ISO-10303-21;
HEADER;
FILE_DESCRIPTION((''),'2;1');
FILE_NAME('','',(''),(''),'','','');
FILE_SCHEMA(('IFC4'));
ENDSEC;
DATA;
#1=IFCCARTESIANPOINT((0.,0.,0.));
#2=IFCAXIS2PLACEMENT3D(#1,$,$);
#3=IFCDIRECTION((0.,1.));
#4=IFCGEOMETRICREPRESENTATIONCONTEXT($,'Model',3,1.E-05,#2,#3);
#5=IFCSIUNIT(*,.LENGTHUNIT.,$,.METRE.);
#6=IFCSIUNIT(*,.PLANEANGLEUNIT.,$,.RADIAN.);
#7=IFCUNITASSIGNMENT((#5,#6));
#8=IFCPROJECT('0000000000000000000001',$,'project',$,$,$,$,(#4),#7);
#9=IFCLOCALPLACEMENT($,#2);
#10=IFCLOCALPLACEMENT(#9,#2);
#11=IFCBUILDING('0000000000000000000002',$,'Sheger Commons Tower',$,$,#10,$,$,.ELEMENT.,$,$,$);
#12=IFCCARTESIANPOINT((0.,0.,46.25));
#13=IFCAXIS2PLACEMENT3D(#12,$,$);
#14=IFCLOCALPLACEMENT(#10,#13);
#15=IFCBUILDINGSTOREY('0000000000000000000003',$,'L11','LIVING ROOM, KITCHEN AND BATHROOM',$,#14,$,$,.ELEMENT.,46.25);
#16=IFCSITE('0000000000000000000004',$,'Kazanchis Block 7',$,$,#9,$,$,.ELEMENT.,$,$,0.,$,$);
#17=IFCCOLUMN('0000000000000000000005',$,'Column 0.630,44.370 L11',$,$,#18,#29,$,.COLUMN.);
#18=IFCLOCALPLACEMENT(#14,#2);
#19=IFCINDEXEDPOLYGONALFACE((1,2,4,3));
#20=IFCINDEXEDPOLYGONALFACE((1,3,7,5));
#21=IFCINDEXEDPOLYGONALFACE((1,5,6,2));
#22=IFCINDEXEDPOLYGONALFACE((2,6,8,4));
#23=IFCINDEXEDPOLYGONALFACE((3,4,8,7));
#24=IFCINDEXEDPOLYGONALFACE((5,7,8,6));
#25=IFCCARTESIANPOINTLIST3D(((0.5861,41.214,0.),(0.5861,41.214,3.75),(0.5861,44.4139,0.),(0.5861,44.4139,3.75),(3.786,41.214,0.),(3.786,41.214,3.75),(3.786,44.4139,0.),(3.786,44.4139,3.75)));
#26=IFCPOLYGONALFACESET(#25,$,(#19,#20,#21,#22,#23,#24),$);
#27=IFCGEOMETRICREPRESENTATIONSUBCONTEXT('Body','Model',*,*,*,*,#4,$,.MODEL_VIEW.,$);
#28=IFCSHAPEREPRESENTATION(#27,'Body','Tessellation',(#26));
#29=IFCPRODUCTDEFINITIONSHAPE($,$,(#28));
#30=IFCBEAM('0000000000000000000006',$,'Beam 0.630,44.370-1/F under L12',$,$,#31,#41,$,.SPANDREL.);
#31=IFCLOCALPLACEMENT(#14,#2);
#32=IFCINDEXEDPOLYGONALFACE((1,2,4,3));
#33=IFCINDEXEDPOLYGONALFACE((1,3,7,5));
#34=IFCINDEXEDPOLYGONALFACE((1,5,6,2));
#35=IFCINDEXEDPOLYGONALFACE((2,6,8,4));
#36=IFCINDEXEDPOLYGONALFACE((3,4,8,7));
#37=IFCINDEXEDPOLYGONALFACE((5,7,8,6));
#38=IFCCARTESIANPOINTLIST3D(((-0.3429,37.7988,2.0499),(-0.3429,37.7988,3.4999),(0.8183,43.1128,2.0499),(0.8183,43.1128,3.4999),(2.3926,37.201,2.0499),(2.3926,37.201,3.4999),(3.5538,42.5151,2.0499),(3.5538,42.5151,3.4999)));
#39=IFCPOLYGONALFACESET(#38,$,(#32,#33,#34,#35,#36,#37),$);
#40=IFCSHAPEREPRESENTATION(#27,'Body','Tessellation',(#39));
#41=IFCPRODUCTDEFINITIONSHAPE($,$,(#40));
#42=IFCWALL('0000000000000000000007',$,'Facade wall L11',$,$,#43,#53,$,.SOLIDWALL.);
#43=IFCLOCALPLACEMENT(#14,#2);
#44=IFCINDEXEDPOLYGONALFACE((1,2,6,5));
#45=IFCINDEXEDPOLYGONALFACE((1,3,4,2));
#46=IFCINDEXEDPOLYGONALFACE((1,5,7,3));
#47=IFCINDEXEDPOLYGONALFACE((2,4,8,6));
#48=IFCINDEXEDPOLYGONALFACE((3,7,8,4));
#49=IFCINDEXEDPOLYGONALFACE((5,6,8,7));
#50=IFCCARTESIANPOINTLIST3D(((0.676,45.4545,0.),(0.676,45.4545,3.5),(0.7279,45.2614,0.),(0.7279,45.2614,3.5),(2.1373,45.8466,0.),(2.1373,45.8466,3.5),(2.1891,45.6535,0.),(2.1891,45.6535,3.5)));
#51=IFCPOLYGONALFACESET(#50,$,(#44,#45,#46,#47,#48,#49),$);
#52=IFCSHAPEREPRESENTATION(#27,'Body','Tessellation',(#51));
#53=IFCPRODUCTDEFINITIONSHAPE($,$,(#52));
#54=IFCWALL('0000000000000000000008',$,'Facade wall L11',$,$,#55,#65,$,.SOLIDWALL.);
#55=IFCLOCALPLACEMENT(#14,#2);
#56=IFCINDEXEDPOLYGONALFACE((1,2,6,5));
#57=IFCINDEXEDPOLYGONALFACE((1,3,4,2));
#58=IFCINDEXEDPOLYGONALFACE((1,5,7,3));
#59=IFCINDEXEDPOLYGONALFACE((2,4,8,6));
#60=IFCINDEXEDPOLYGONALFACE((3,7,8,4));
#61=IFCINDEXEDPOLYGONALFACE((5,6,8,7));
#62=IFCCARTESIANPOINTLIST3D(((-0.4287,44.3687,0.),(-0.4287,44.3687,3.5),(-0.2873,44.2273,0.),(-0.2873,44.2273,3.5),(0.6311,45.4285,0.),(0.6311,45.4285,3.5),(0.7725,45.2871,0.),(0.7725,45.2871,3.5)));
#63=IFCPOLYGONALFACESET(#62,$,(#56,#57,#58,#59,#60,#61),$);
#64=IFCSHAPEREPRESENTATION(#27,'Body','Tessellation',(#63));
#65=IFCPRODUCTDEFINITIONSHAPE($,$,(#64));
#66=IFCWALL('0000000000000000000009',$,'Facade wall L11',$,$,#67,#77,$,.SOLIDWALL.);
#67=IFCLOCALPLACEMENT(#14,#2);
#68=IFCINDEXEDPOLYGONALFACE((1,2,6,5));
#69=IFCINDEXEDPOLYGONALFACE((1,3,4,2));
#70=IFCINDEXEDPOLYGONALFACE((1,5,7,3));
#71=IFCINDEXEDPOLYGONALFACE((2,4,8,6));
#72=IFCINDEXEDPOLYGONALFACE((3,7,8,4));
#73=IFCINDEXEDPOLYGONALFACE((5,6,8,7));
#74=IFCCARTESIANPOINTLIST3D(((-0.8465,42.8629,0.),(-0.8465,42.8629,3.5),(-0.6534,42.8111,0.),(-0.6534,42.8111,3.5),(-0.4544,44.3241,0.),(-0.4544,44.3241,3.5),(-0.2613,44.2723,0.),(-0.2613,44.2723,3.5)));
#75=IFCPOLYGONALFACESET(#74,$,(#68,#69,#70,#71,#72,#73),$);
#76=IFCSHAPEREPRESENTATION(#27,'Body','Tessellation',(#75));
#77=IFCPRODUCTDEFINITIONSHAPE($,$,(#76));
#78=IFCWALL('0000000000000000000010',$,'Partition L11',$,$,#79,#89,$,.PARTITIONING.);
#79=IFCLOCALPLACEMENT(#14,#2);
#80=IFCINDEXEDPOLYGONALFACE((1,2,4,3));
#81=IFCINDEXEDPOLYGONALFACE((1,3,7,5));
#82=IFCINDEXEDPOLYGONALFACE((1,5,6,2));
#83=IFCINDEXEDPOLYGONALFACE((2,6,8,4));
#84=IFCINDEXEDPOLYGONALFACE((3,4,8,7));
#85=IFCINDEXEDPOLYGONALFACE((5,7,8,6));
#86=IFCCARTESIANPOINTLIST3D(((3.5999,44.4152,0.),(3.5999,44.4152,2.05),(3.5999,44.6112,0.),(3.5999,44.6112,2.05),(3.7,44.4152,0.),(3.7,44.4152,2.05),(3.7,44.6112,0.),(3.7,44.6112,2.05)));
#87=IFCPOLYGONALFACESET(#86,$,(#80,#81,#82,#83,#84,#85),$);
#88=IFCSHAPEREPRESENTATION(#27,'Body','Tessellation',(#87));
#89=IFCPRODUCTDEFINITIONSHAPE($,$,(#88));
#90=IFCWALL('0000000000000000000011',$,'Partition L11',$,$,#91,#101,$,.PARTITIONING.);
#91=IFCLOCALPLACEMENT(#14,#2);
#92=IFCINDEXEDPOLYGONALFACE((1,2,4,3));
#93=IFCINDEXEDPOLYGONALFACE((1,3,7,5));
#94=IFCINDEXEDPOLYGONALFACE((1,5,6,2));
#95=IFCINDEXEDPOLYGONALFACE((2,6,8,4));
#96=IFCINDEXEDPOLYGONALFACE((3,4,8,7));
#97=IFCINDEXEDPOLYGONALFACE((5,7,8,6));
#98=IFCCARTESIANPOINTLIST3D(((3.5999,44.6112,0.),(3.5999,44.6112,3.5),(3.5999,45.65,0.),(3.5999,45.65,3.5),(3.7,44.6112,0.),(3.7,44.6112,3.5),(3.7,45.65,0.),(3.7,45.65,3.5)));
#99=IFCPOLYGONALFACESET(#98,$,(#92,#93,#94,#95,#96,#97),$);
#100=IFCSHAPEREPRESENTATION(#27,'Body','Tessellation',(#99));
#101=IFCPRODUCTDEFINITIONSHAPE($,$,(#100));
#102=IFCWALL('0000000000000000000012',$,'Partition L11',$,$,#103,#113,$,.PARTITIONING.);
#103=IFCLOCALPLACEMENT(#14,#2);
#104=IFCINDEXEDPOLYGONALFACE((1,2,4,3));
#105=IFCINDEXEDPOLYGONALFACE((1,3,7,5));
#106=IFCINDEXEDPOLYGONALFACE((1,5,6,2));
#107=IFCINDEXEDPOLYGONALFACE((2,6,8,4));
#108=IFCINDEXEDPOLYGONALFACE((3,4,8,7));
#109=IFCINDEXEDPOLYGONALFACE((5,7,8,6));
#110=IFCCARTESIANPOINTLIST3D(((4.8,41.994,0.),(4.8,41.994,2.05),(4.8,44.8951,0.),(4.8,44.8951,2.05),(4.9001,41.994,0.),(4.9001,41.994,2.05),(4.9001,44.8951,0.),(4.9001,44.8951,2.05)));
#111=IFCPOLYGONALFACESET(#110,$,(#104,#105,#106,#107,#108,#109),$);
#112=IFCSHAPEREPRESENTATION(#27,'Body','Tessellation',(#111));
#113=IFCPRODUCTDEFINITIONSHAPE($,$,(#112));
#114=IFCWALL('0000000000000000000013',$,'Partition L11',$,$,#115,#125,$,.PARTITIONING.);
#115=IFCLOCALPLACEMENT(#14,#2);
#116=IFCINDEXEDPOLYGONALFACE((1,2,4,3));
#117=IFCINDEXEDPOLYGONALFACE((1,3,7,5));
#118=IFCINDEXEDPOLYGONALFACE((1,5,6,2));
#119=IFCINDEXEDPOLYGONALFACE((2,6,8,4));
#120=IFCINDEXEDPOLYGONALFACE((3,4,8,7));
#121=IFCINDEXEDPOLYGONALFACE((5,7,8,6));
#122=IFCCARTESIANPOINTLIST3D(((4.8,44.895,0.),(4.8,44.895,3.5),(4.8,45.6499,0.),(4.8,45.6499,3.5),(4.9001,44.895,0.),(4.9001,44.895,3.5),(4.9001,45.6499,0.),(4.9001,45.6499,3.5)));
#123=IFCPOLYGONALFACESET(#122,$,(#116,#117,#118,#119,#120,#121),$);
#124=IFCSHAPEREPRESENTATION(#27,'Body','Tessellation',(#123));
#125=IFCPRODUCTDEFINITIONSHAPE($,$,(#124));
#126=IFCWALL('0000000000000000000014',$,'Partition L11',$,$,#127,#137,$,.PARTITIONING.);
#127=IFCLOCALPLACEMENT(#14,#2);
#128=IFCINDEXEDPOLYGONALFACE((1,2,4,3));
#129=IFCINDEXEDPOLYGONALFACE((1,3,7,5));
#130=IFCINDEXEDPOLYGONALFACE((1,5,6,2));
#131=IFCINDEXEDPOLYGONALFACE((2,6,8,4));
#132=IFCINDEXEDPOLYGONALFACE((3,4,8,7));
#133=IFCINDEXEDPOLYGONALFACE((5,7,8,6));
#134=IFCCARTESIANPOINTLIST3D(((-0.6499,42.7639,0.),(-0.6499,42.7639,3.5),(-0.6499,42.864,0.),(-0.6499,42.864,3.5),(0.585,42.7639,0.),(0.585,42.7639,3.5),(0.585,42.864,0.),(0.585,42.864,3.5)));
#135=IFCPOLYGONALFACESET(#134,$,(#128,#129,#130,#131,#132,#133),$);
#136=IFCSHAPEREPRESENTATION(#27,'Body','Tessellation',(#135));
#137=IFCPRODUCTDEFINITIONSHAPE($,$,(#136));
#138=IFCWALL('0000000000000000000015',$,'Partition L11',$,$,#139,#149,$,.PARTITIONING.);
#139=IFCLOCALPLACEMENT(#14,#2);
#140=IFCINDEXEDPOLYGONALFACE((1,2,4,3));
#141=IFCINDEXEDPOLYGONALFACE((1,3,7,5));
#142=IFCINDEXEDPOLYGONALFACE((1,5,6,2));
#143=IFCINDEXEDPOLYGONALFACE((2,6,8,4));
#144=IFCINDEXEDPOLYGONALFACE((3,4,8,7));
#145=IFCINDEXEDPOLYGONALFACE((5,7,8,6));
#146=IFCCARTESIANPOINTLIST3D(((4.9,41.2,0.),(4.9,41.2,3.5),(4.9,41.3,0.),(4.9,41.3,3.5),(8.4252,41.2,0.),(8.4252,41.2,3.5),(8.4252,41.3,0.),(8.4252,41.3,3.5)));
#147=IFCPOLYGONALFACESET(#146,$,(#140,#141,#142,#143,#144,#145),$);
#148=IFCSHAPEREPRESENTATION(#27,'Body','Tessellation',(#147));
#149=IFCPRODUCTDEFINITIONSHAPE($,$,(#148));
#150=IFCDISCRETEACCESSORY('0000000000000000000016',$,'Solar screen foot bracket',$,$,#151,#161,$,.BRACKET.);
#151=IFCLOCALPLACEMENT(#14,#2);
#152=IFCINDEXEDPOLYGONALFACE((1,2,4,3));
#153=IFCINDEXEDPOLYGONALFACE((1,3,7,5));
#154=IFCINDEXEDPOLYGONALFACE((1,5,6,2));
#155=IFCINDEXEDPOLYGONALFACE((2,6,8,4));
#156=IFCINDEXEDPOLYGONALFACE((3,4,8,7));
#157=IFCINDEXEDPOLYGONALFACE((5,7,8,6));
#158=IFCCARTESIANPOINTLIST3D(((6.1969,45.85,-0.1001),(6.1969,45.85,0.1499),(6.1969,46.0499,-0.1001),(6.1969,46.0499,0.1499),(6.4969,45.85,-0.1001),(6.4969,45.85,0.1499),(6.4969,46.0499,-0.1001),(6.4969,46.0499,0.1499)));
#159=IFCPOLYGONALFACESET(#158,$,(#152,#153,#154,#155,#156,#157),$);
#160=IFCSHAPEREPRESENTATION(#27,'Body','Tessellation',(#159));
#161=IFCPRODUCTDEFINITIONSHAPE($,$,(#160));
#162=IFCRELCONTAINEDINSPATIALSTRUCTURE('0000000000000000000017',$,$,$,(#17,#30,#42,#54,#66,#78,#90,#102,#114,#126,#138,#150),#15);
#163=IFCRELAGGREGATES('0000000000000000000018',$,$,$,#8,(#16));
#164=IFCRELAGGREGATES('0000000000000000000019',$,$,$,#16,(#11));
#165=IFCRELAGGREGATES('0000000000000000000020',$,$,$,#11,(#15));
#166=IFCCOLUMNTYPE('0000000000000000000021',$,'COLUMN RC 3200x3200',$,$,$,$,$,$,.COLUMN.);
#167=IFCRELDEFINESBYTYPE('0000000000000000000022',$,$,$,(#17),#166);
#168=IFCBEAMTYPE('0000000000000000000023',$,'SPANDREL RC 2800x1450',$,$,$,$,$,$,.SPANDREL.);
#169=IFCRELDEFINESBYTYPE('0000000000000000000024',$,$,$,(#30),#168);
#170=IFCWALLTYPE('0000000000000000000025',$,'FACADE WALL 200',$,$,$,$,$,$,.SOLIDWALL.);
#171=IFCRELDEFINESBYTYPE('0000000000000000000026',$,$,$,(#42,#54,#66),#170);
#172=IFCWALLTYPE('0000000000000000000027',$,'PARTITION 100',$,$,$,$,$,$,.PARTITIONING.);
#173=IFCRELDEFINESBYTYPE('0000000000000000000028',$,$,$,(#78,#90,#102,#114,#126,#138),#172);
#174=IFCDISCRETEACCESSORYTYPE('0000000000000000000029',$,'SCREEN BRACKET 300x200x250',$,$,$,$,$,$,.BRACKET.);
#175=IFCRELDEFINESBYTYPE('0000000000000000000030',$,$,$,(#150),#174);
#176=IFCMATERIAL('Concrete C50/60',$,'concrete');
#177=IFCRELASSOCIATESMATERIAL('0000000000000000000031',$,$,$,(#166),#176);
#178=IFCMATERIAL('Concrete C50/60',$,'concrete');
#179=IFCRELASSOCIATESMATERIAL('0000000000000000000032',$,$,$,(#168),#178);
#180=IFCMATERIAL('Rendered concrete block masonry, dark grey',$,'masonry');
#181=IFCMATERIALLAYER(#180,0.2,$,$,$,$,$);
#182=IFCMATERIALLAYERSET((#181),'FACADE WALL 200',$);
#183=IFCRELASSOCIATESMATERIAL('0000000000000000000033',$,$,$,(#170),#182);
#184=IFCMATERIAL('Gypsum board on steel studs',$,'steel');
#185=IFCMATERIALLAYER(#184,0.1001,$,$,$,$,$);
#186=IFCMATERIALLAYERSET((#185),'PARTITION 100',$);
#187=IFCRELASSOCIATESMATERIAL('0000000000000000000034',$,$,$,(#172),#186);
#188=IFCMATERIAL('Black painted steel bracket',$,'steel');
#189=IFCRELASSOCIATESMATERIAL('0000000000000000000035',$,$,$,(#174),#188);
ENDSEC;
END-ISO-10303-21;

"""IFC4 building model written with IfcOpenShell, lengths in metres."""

from ifc_helpers import new_model, si_unit, direction, frame, frame_2d, origin, origin_2d, place, context, subcontext, project, spatial, rectangle, extrude, material, layer, layer_set, material_profile, profile_set, type_object, element, save


model = new_model("IFC4")

# Units and contexts
model_context = context("Model", 3, precision=1e-05, world=origin(), true_north=direction((0.0, 1.0)))
body_context = subcontext(model_context, "Body", "Model", "MODEL_VIEW")
ifc_project = project(units=[si_unit("LENGTHUNIT", "METRE"), si_unit("PLANEANGLEUNIT", "RADIAN")], contexts=[model_context])

# Site, building, storey
site_placement = place(None, origin())
site = spatial("IfcSite", under=ifc_project, at=site_placement, Name="Kazanchis Block 7", CompositionType="ELEMENT", RefElevation=0.0)
building_placement = place(site_placement, origin())
building = spatial("IfcBuilding", under=site, at=building_placement, Name="Sheger Commons Tower", CompositionType="ELEMENT")
storey_placement = place(building_placement, frame((0.0, 0.0, 46.25)))
storey = spatial("IfcBuildingStorey", under=building, at=storey_placement, Name="L11", Description="LIVING ROOM, KITCHEN AND BATHROOM", CompositionType="ELEMENT", Elevation=46.25)

# Column
ifc_material_1 = material(Name="Concrete C50/60", Category="concrete")
ifc_material_profile_1 = material_profile(ifc_material_1, rectangle(XDim=3.2, YDim=3.2, at=origin_2d()), Name="RC 3200x3200")
ifc_profile_set_1 = profile_set([ifc_material_profile_1], Name="Concrete C50/60")
column_type = type_object("IfcColumnType", Name="COLUMN RC 3200x3200", PredefinedType="COLUMN", material=ifc_profile_set_1)
column_placement = place(storey_placement, frame((2.186, 42.814, 0.0), z_axis=(0.0, 0.0, 1.0), x_axis=(1.0, 0.0, 0.0)))
element("IfcColumn", 1, at=column_placement, inside=storey, type_object=column_type, Name="Column 0.630,44.370 L11", PredefinedType="COLUMN", context=body_context, shape_type="SweptSolid", body=[
    extrude(rectangle(XDim=3.2, YDim=3.2, at=origin_2d()), origin(), (0.0, 0.0, 1.0), 3.75),
])

# Beam
ifc_material_2 = material(Name="Concrete C50/60", Category="concrete")
ifc_material_profile_2 = material_profile(ifc_material_2, rectangle(XDim=2.8, YDim=1.45, at=origin_2d()), Name="RC 2800x1450")
ifc_profile_set_2 = profile_set([ifc_material_profile_2], Name="Concrete C50/60")
beam_type = type_object("IfcBeamType", Name="SPANDREL RC 2800x1450", PredefinedType="SPANDREL", material=ifc_profile_set_2)
beam_placement = place(storey_placement, frame((2.186, 42.814, 2.7749), z_axis=(-0.213469, -0.97695, 0.0), x_axis=(0.97695, -0.213469, 0.0)))
element("IfcBeam", 2, at=beam_placement, inside=storey, type_object=beam_type, Name="Beam 0.630,44.370-1/F under L12", PredefinedType="SPANDREL", context=body_context, shape_type="SweptSolid", body=[
    extrude(rectangle(XDim=2.8, YDim=1.45, at=origin_2d()), origin(), (0.0, 0.0, 1.0), 5.4395),
])

# Walls
ifc_material_3 = material(Name="Rendered concrete block masonry, dark grey", Category="masonry")
ifc_layer_1 = layer(ifc_material_3, 0.2)
ifc_layer_set_1 = layer_set([ifc_layer_1], Name="FACADE WALL 200")
wall_type_1 = type_object("IfcWallType", Name="FACADE WALL 200", PredefinedType="SOLIDWALL", material=ifc_layer_set_1)
wall_1_placement = place(storey_placement, frame((2.1631, 45.75, 0.0), z_axis=(0.0, 0.0, 1.0), x_axis=(-0.965832, -0.259169, 0.0)))
element("IfcWall", 3, at=wall_1_placement, inside=storey, type_object=wall_type_1, Name="Facade wall L11", PredefinedType="SOLIDWALL", context=body_context, shape_type="SweptSolid", body=[
    extrude(rectangle(XDim=1.5129, YDim=0.2, at=frame_2d((0.7563, 0.0))), origin(), (0.0, 0.0, 1.0), 3.5),
])
wall_2_placement = place(storey_placement, frame((0.7019, 45.3579, 0.0), z_axis=(0.0, 0.0, 1.0), x_axis=(-0.707107, -0.707107, 0.0)))
element("IfcWall", 4, at=wall_2_placement, inside=storey, type_object=wall_type_1, Name="Facade wall L11", PredefinedType="SOLIDWALL", context=body_context, shape_type="SweptSolid", body=[
    extrude(rectangle(XDim=1.4988, YDim=0.2, at=frame_2d((0.7495, 0.0))), origin(), (0.0, 0.0, 1.0), 3.5),
])
wall_3_placement = place(storey_placement, frame((-0.3579, 44.2981, 0.0), z_axis=(0.0, 0.0, 1.0), x_axis=(-0.259169, -0.965832, 0.0)))
element("IfcWall", 5, at=wall_3_placement, inside=storey, type_object=wall_type_1, Name="Facade wall L11", PredefinedType="SOLIDWALL", context=body_context, shape_type="SweptSolid", body=[
    extrude(rectangle(XDim=1.5129, YDim=0.2, at=frame_2d((0.7563, 0.0))), origin(), (0.0, 0.0, 1.0), 3.5),
])

# Walls
ifc_material_4 = material(Name="Gypsum board on steel studs", Category="steel")
ifc_layer_2 = layer(ifc_material_4, 0.1001)
ifc_layer_set_2 = layer_set([ifc_layer_2], Name="PARTITION 100")
wall_type_2 = type_object("IfcWallType", Name="PARTITION 100", PredefinedType="PARTITIONING", material=ifc_layer_set_2)
wall_4_placement = place(storey_placement, frame((3.6499, 44.415, 0.0), z_axis=(0.0, 0.0, 1.0), x_axis=(0.0, 1.0, 0.0)))
element("IfcWall", 6, at=wall_4_placement, inside=storey, type_object=wall_type_2, Name="Partition L11", PredefinedType="PARTITIONING", context=body_context, shape_type="SweptSolid", body=[
    extrude(rectangle(XDim=0.196, YDim=0.1001, at=frame_2d((0.0981, 0.0))), origin(), (0.0, 0.0, 1.0), 2.05),
])
wall_5_placement = place(storey_placement, frame((3.6499, 44.6111, 0.0), z_axis=(0.0, 0.0, 1.0), x_axis=(0.0, 1.0, 0.0)))
element("IfcWall", 7, at=wall_5_placement, inside=storey, type_object=wall_type_2, Name="Partition L11", PredefinedType="PARTITIONING", context=body_context, shape_type="SweptSolid", body=[
    extrude(rectangle(XDim=1.0388, YDim=0.1001, at=frame_2d((0.5195, 0.0))), origin(), (0.0, 0.0, 1.0), 3.5),
])
wall_6_placement = place(storey_placement, frame((4.8501, 41.9939, 0.0), z_axis=(0.0, 0.0, 1.0), x_axis=(0.0, 1.0, 0.0)))
element("IfcWall", 8, at=wall_6_placement, inside=storey, type_object=wall_type_2, Name="Partition L11", PredefinedType="PARTITIONING", context=body_context, shape_type="SweptSolid", body=[
    extrude(rectangle(XDim=2.9011, YDim=0.1001, at=frame_2d((1.4507, 0.0))), origin(), (0.0, 0.0, 1.0), 2.05),
])
wall_7_placement = place(storey_placement, frame((4.8501, 44.895, 0.0), z_axis=(0.0, 0.0, 1.0), x_axis=(0.0, 1.0, 0.0)))
element("IfcWall", 9, at=wall_7_placement, inside=storey, type_object=wall_type_2, Name="Partition L11", PredefinedType="PARTITIONING", context=body_context, shape_type="SweptSolid", body=[
    extrude(rectangle(XDim=0.7549, YDim=0.1001, at=frame_2d((0.3774, 0.0))), origin(), (0.0, 0.0, 1.0), 3.5),
])
wall_8_placement = place(storey_placement, frame((-0.6499, 42.814, 0.0), z_axis=(0.0, 0.0, 1.0), x_axis=(1.0, 0.0, 0.0)))
element("IfcWall", 10, at=wall_8_placement, inside=storey, type_object=wall_type_2, Name="Partition L11", PredefinedType="PARTITIONING", context=body_context, shape_type="SweptSolid", body=[
    extrude(rectangle(XDim=1.2349, YDim=0.1001, at=frame_2d((0.6174, 0.0))), origin(), (0.0, 0.0, 1.0), 3.5),
])
wall_9_placement = place(storey_placement, frame((4.8999, 41.25, 0.0), z_axis=(0.0, 0.0, 1.0), x_axis=(1.0, 0.0, 0.0)))
element("IfcWall", 11, at=wall_9_placement, inside=storey, type_object=wall_type_2, Name="Partition L11", PredefinedType="PARTITIONING", context=body_context, shape_type="SweptSolid", body=[
    extrude(rectangle(XDim=3.5251, YDim=0.1001, at=frame_2d((1.7627, 0.0))), origin(), (0.0, 0.0, 1.0), 3.5),
])

# Discrete accessory
ifc_material_5 = material(Name="Black painted steel bracket", Category="steel")
discrete_accessory_type = type_object("IfcDiscreteAccessoryType", Name="SCREEN BRACKET 300x200x250", PredefinedType="BRACKET", material=ifc_material_5)
discrete_accessory_placement = place(storey_placement, frame((6.3469, 45.95, -0.1001), z_axis=(0.0, 0.0, 1.0), x_axis=(-1.0, 0.0, 0.0)))
element("IfcDiscreteAccessory", 12, at=discrete_accessory_placement, inside=storey, type_object=discrete_accessory_type, Name="Solar screen foot bracket", PredefinedType="BRACKET", context=body_context, shape_type="SweptSolid", body=[
    extrude(rectangle(XDim=0.3, YDim=0.2, at=origin_2d()), origin(), (0.0, 0.0, 1.0), 0.25),
])

save(model, "model.ifc")
